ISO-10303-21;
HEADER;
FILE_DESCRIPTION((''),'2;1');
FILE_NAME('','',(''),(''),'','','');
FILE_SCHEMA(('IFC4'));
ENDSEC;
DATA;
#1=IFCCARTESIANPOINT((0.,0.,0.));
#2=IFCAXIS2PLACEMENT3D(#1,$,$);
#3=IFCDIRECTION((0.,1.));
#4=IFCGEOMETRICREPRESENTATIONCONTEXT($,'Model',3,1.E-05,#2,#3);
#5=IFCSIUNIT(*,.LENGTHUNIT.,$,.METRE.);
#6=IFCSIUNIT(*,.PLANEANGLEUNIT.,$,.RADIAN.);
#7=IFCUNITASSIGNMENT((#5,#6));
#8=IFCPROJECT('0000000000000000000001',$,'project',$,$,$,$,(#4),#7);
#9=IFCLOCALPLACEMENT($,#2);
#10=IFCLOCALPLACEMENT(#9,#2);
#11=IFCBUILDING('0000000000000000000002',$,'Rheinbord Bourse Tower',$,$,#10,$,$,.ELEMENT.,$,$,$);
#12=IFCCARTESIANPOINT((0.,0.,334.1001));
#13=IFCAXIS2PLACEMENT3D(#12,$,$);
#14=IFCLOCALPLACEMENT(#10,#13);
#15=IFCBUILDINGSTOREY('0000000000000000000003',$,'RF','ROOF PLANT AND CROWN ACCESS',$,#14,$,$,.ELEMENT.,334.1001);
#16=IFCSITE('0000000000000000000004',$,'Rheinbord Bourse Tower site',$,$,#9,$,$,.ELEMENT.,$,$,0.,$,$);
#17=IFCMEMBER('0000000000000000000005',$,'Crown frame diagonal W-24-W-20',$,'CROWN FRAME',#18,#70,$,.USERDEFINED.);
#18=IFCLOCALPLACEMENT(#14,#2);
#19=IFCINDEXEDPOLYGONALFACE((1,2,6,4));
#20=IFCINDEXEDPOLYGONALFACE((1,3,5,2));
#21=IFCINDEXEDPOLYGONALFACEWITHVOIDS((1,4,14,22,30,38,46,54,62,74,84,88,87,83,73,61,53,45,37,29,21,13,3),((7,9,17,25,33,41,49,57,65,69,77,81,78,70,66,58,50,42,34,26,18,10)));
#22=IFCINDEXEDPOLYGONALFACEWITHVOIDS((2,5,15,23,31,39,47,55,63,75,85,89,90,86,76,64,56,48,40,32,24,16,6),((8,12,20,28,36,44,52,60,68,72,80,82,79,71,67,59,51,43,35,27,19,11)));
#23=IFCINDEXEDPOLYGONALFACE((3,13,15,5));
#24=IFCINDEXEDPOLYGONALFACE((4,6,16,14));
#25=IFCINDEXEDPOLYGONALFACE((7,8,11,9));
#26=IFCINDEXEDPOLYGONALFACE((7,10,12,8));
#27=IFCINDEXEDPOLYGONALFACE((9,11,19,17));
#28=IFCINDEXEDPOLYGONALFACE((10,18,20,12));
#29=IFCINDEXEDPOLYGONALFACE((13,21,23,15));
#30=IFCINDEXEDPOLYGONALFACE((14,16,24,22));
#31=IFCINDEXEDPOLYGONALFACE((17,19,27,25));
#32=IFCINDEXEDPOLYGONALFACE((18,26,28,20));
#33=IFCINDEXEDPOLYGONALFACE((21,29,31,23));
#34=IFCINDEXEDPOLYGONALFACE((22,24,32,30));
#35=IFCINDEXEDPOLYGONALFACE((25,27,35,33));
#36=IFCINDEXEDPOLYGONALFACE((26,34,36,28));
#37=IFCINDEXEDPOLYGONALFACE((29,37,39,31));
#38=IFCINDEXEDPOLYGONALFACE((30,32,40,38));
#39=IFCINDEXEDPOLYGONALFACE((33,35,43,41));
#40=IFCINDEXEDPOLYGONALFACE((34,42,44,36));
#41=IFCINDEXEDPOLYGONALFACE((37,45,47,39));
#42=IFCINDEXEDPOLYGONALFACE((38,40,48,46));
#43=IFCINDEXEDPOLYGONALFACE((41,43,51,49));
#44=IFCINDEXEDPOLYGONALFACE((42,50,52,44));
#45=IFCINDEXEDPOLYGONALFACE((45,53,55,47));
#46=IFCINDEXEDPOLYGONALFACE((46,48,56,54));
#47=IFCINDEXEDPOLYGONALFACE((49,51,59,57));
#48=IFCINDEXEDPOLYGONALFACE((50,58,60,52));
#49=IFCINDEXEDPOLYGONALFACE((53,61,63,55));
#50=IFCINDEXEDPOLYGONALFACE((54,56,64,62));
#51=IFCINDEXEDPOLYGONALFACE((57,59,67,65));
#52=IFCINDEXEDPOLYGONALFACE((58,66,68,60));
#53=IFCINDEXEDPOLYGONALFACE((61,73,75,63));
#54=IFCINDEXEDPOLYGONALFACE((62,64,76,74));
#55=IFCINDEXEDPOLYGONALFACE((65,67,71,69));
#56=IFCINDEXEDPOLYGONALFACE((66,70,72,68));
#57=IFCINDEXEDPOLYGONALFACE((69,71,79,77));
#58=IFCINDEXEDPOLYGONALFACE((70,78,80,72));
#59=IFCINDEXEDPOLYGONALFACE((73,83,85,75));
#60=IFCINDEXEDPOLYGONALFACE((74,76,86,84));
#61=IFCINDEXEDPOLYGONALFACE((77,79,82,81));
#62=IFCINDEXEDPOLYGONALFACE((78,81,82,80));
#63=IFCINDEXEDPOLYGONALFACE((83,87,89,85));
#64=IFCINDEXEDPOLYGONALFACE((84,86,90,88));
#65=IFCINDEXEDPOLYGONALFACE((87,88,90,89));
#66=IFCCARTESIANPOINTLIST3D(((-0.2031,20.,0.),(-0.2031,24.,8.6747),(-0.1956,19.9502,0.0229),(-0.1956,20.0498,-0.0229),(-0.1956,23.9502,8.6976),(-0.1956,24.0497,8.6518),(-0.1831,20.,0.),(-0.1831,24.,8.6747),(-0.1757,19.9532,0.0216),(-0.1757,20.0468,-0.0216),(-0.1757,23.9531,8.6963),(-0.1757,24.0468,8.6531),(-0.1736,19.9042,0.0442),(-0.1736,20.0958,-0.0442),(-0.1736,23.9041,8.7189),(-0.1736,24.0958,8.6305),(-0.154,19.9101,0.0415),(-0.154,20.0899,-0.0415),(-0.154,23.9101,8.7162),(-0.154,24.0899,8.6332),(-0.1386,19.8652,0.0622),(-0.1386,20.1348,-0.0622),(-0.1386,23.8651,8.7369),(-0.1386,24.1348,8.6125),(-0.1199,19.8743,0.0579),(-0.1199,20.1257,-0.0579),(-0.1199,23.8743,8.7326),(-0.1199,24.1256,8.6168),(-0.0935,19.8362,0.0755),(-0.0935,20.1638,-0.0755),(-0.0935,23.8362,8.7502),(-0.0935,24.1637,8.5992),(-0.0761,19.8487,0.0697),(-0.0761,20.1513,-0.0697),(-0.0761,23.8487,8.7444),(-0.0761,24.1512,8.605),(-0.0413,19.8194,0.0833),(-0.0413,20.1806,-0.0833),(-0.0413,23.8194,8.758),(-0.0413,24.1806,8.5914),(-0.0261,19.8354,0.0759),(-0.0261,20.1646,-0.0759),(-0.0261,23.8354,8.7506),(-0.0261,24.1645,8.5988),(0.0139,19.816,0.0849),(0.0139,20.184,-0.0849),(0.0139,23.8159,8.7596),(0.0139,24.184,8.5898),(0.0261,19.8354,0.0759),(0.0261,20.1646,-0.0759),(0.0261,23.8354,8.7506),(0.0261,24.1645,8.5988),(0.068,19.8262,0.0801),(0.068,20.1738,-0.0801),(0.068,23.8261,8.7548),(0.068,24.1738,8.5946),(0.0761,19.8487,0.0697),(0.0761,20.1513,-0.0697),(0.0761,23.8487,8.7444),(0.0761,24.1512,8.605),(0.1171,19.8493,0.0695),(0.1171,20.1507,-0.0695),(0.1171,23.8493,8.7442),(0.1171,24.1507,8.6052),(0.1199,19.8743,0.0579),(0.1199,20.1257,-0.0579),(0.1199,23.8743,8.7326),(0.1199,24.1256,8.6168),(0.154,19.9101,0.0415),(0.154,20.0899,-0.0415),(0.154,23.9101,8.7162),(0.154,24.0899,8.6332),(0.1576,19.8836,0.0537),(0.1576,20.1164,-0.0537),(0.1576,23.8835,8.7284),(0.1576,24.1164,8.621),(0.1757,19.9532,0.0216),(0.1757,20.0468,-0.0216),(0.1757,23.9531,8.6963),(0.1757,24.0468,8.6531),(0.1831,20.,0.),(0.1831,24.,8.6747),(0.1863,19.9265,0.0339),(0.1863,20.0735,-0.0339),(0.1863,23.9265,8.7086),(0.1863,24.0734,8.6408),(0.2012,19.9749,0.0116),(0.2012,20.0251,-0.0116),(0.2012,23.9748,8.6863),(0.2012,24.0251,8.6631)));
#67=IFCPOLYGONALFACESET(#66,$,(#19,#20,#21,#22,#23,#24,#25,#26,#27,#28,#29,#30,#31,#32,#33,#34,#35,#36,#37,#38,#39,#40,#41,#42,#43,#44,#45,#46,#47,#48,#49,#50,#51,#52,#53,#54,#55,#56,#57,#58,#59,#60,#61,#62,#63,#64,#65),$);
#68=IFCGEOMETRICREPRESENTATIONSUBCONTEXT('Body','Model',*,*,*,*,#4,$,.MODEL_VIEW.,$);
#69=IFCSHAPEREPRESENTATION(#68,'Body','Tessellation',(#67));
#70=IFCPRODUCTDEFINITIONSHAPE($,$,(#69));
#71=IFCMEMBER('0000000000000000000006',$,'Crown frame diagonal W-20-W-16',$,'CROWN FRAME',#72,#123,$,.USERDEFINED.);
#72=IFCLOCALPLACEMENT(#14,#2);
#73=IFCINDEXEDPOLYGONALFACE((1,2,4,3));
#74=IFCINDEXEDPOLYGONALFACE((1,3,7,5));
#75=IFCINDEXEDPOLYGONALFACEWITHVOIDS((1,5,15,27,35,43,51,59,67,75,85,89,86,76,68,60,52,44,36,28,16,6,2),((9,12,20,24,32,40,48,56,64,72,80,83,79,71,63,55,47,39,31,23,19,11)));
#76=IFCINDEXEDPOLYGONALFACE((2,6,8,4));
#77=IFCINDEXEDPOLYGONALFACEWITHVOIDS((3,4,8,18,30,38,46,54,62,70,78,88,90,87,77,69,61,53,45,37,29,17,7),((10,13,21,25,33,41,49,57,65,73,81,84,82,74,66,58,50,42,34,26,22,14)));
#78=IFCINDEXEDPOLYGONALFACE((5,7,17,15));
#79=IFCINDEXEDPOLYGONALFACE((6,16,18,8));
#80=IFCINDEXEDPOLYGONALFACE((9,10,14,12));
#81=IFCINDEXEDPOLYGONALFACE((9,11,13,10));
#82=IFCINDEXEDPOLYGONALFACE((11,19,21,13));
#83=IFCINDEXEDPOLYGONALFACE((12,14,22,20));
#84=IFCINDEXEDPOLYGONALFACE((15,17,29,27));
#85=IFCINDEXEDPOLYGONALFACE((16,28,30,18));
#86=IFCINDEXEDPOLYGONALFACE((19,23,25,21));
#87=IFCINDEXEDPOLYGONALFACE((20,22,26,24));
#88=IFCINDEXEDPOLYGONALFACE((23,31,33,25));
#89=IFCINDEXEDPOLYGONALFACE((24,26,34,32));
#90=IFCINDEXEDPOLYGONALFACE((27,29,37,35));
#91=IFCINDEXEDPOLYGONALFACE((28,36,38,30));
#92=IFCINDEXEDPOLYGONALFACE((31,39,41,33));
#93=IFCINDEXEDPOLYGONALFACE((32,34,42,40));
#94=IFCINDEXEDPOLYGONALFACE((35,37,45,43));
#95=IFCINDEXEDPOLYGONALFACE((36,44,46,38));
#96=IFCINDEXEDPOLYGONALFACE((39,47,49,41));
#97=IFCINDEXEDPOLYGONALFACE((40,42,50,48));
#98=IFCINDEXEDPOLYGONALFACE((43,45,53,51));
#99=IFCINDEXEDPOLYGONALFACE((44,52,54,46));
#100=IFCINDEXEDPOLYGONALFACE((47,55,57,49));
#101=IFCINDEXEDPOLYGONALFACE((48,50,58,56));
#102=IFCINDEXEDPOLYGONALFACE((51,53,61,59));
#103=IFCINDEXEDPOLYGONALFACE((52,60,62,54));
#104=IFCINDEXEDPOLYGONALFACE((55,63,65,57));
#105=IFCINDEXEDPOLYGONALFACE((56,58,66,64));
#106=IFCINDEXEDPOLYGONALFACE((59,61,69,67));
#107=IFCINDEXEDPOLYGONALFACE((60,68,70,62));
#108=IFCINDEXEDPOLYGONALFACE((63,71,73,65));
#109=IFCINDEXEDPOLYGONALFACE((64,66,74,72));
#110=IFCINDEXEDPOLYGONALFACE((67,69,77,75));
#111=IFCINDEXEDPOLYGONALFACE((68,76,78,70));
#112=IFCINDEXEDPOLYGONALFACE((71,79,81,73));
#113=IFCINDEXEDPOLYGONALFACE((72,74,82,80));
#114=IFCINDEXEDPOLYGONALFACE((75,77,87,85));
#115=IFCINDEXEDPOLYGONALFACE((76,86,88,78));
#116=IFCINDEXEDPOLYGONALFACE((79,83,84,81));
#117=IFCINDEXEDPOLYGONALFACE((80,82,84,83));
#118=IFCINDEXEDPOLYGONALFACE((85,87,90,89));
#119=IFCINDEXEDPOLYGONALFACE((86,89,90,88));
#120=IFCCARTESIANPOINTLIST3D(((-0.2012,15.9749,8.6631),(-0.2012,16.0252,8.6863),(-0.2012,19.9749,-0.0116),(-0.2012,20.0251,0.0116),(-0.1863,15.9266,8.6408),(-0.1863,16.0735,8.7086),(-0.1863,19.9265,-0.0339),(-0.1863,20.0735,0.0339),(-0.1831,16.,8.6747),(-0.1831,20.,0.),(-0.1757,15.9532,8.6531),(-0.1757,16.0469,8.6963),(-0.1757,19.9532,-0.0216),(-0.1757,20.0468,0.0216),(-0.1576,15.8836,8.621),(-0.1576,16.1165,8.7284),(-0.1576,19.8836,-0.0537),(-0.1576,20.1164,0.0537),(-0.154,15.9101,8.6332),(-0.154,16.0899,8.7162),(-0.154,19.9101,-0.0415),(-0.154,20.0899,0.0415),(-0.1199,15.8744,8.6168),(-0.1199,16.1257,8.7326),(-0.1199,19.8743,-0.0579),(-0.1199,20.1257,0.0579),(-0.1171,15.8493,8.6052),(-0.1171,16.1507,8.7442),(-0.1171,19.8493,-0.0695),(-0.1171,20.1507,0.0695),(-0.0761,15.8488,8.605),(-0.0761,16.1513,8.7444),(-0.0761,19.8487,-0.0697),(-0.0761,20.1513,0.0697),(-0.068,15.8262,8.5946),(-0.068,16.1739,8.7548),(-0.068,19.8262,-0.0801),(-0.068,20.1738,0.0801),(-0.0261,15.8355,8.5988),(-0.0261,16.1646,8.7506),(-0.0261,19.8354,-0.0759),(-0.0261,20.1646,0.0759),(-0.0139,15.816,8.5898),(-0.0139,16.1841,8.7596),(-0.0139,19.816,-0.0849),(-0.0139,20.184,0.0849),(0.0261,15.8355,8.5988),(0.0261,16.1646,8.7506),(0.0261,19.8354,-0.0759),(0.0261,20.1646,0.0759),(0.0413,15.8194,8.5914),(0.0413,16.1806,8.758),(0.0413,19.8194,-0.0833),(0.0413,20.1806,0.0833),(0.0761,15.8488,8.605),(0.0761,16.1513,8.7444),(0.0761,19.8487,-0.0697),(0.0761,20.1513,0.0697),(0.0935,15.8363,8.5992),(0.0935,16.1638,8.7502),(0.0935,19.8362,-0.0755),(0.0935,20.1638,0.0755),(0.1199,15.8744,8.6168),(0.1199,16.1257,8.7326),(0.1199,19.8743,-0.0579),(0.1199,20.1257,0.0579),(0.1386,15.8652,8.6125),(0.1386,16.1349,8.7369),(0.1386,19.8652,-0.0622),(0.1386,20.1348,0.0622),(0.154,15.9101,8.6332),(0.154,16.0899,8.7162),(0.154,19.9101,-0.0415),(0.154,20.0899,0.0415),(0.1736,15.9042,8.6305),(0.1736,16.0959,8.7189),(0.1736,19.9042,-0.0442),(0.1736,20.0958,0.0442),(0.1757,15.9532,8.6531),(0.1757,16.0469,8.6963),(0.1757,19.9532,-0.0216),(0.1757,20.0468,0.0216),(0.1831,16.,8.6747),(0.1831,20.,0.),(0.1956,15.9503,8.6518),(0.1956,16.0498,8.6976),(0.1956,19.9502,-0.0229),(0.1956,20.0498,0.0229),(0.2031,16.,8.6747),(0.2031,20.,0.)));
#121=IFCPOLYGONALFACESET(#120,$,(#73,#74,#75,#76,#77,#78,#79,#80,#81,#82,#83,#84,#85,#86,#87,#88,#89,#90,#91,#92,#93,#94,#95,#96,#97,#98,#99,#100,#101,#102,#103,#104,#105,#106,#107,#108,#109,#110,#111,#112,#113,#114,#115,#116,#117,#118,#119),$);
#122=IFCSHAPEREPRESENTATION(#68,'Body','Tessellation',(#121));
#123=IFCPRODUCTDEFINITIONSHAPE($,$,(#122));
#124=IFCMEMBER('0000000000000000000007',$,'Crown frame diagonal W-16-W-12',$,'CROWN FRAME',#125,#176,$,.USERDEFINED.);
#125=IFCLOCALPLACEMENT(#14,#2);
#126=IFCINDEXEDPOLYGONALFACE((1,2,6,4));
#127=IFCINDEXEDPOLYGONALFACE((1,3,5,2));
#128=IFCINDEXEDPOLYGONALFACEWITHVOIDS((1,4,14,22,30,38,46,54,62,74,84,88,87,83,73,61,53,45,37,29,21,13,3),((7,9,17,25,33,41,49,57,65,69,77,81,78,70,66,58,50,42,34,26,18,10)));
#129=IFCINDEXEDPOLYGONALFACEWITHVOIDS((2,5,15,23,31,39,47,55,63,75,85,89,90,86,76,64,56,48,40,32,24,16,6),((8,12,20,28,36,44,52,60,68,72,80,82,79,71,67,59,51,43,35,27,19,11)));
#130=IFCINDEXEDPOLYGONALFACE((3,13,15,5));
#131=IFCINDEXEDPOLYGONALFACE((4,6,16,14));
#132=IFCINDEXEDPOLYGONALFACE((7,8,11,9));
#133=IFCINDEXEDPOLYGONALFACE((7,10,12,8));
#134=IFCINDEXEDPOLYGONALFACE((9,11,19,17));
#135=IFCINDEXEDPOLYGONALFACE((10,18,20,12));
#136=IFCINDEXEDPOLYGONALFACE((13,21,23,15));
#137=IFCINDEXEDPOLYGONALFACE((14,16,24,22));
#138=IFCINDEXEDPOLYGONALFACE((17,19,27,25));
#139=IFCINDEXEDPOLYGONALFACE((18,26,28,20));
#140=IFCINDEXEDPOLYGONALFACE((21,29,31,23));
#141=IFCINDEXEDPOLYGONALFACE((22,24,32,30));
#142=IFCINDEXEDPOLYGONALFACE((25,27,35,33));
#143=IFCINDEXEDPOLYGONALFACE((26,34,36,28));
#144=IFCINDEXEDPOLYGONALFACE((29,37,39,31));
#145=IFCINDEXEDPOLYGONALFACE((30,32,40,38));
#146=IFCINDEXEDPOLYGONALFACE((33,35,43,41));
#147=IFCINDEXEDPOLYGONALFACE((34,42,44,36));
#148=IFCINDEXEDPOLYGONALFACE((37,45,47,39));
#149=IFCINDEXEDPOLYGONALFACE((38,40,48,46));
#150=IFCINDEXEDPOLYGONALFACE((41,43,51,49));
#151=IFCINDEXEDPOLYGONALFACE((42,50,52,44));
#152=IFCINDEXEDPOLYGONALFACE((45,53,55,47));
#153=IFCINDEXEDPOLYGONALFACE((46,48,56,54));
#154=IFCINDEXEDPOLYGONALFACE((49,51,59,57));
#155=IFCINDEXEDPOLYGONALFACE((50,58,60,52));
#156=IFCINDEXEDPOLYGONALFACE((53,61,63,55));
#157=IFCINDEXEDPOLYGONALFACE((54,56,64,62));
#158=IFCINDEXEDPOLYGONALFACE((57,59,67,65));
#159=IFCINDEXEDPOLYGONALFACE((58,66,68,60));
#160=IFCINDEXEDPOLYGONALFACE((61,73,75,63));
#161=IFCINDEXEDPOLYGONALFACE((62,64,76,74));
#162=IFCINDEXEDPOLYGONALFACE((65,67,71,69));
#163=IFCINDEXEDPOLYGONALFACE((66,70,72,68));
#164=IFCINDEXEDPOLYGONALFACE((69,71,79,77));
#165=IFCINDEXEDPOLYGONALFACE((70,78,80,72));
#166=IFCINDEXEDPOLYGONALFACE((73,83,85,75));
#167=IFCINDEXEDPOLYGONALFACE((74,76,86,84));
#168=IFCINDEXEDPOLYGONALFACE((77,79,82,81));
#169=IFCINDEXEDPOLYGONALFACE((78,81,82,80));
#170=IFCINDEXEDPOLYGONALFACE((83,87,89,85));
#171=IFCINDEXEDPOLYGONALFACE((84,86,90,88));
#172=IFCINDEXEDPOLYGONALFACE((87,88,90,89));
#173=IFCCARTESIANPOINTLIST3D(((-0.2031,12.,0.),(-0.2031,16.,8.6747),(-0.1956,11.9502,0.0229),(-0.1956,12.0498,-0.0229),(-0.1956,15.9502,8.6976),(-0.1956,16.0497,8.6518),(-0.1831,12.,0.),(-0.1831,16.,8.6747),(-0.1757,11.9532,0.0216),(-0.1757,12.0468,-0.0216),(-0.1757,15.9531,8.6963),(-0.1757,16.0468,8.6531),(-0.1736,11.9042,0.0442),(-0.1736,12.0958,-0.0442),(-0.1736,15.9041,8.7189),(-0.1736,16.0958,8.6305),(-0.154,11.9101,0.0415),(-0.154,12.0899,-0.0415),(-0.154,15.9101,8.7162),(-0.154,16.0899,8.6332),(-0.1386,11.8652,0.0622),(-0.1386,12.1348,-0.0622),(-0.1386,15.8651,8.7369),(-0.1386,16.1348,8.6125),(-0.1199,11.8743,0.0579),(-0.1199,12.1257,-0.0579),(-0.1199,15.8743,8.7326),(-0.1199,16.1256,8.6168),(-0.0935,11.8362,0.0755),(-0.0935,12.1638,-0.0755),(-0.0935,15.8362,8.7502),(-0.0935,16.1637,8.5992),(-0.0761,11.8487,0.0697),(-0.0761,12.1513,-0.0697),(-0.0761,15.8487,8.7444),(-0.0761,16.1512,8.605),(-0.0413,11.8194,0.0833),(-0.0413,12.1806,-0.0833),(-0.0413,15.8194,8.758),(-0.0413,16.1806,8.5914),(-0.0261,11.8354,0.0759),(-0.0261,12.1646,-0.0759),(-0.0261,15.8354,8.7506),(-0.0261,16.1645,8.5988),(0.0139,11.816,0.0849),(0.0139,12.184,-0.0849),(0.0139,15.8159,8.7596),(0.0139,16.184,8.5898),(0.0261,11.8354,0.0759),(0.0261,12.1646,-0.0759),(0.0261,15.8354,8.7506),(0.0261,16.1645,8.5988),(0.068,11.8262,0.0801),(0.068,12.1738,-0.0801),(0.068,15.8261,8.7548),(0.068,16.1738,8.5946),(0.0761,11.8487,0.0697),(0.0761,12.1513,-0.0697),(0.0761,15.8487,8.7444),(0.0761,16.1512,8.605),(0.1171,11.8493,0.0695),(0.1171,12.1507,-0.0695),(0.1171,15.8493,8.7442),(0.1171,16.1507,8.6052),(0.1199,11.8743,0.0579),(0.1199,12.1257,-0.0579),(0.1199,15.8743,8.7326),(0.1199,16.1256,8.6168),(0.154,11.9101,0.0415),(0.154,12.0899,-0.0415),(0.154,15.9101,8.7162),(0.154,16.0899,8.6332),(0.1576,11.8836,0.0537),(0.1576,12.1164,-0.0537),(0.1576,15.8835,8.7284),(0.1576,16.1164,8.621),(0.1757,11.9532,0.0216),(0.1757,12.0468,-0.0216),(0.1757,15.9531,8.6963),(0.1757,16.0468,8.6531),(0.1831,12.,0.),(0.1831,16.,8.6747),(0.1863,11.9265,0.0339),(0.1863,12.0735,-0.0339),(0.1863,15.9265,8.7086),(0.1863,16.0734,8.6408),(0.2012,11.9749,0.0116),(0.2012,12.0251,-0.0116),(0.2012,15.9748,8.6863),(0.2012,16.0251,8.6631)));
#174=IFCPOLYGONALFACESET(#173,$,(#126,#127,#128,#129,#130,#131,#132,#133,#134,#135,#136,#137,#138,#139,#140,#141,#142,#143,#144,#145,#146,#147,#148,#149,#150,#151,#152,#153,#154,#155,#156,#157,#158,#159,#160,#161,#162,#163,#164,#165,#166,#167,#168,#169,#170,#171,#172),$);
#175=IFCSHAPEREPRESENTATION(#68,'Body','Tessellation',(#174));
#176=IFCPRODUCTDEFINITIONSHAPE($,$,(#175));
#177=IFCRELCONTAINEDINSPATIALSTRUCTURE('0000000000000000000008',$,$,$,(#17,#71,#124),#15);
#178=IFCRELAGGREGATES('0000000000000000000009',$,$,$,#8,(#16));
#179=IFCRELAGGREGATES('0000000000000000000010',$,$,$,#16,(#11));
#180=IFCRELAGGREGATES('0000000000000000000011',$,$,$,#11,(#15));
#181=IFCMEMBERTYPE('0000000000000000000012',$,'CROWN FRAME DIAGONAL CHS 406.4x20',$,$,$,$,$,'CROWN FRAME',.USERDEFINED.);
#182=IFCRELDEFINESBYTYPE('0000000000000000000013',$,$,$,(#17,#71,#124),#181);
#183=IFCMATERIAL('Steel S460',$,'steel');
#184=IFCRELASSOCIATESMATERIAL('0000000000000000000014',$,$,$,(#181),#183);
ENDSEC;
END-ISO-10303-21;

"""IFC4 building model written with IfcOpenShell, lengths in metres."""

from ifc_helpers import new_model, si_unit, direction, frame, origin, origin_2d, place, context, subcontext, project, spatial, hollow_circle, extrude, material, material_profile, profile_set, type_object, element, save


model = new_model("IFC4")

# Units and contexts
model_context = context("Model", 3, precision=1e-05, world=origin(), true_north=direction((0.0, 1.0)))
body_context = subcontext(model_context, "Body", "Model", "MODEL_VIEW")
ifc_project = project(units=[si_unit("LENGTHUNIT", "METRE"), si_unit("PLANEANGLEUNIT", "RADIAN")], contexts=[model_context])

# Site, building, storey
site_placement = place(None, origin())
site = spatial("IfcSite", under=ifc_project, at=site_placement, Name="Rheinbord Bourse Tower site", CompositionType="ELEMENT", RefElevation=0.0)
building_placement = place(site_placement, origin())
building = spatial("IfcBuilding", under=site, at=building_placement, Name="Rheinbord Bourse Tower", CompositionType="ELEMENT")
storey_placement = place(building_placement, frame((0.0, 0.0, 334.1001)))
storey = spatial("IfcBuildingStorey", under=building, at=storey_placement, Name="RF", Description="ROOF PLANT AND CROWN ACCESS", CompositionType="ELEMENT", Elevation=334.1001)

# Members
ifc_material_1 = material(Name="Steel S460", Category="steel")
ifc_material_profile_1 = material_profile(ifc_material_1, hollow_circle(Radius=0.2031, WallThickness=0.02, at=origin_2d()), Name="CHS 406.4x20")
ifc_profile_set_1 = profile_set([ifc_material_profile_1], Name="Steel S460")
member_type = type_object("IfcMemberType", Name="CROWN FRAME DIAGONAL CHS 406.4x20", ElementType="CROWN FRAME", PredefinedType="USERDEFINED", material=ifc_profile_set_1)
for number, where, z_axis, x_axis, name in (
    (1, (0.0, 20.0, 0.0), (0.0, 0.418734, 0.908109), (-1.0, 0.0, 0.0), "Crown frame diagonal W-24-W-20"),
    (2, (0.0, 20.0, 0.0), (0.0, -0.418734, 0.908109), (1.0, 0.0, 0.0), "Crown frame diagonal W-20-W-16"),
    (3, (0.0, 12.0, 0.0), (0.0, 0.418734, 0.908109), (-1.0, 0.0, 0.0), "Crown frame diagonal W-16-W-12"),
):
    element("IfcMember", number, at=place(storey_placement, frame(where, z_axis=z_axis, x_axis=x_axis)), inside=storey, type_object=member_type, Name=name, ObjectType="CROWN FRAME", PredefinedType="USERDEFINED", context=body_context, shape_type="SweptSolid", body=[
        extrude(hollow_circle(Radius=0.2031, WallThickness=0.02, at=origin_2d()), origin(), (0.0, 0.0, 1.0), 9.5525),
    ])

save(model, "model.ifc")
